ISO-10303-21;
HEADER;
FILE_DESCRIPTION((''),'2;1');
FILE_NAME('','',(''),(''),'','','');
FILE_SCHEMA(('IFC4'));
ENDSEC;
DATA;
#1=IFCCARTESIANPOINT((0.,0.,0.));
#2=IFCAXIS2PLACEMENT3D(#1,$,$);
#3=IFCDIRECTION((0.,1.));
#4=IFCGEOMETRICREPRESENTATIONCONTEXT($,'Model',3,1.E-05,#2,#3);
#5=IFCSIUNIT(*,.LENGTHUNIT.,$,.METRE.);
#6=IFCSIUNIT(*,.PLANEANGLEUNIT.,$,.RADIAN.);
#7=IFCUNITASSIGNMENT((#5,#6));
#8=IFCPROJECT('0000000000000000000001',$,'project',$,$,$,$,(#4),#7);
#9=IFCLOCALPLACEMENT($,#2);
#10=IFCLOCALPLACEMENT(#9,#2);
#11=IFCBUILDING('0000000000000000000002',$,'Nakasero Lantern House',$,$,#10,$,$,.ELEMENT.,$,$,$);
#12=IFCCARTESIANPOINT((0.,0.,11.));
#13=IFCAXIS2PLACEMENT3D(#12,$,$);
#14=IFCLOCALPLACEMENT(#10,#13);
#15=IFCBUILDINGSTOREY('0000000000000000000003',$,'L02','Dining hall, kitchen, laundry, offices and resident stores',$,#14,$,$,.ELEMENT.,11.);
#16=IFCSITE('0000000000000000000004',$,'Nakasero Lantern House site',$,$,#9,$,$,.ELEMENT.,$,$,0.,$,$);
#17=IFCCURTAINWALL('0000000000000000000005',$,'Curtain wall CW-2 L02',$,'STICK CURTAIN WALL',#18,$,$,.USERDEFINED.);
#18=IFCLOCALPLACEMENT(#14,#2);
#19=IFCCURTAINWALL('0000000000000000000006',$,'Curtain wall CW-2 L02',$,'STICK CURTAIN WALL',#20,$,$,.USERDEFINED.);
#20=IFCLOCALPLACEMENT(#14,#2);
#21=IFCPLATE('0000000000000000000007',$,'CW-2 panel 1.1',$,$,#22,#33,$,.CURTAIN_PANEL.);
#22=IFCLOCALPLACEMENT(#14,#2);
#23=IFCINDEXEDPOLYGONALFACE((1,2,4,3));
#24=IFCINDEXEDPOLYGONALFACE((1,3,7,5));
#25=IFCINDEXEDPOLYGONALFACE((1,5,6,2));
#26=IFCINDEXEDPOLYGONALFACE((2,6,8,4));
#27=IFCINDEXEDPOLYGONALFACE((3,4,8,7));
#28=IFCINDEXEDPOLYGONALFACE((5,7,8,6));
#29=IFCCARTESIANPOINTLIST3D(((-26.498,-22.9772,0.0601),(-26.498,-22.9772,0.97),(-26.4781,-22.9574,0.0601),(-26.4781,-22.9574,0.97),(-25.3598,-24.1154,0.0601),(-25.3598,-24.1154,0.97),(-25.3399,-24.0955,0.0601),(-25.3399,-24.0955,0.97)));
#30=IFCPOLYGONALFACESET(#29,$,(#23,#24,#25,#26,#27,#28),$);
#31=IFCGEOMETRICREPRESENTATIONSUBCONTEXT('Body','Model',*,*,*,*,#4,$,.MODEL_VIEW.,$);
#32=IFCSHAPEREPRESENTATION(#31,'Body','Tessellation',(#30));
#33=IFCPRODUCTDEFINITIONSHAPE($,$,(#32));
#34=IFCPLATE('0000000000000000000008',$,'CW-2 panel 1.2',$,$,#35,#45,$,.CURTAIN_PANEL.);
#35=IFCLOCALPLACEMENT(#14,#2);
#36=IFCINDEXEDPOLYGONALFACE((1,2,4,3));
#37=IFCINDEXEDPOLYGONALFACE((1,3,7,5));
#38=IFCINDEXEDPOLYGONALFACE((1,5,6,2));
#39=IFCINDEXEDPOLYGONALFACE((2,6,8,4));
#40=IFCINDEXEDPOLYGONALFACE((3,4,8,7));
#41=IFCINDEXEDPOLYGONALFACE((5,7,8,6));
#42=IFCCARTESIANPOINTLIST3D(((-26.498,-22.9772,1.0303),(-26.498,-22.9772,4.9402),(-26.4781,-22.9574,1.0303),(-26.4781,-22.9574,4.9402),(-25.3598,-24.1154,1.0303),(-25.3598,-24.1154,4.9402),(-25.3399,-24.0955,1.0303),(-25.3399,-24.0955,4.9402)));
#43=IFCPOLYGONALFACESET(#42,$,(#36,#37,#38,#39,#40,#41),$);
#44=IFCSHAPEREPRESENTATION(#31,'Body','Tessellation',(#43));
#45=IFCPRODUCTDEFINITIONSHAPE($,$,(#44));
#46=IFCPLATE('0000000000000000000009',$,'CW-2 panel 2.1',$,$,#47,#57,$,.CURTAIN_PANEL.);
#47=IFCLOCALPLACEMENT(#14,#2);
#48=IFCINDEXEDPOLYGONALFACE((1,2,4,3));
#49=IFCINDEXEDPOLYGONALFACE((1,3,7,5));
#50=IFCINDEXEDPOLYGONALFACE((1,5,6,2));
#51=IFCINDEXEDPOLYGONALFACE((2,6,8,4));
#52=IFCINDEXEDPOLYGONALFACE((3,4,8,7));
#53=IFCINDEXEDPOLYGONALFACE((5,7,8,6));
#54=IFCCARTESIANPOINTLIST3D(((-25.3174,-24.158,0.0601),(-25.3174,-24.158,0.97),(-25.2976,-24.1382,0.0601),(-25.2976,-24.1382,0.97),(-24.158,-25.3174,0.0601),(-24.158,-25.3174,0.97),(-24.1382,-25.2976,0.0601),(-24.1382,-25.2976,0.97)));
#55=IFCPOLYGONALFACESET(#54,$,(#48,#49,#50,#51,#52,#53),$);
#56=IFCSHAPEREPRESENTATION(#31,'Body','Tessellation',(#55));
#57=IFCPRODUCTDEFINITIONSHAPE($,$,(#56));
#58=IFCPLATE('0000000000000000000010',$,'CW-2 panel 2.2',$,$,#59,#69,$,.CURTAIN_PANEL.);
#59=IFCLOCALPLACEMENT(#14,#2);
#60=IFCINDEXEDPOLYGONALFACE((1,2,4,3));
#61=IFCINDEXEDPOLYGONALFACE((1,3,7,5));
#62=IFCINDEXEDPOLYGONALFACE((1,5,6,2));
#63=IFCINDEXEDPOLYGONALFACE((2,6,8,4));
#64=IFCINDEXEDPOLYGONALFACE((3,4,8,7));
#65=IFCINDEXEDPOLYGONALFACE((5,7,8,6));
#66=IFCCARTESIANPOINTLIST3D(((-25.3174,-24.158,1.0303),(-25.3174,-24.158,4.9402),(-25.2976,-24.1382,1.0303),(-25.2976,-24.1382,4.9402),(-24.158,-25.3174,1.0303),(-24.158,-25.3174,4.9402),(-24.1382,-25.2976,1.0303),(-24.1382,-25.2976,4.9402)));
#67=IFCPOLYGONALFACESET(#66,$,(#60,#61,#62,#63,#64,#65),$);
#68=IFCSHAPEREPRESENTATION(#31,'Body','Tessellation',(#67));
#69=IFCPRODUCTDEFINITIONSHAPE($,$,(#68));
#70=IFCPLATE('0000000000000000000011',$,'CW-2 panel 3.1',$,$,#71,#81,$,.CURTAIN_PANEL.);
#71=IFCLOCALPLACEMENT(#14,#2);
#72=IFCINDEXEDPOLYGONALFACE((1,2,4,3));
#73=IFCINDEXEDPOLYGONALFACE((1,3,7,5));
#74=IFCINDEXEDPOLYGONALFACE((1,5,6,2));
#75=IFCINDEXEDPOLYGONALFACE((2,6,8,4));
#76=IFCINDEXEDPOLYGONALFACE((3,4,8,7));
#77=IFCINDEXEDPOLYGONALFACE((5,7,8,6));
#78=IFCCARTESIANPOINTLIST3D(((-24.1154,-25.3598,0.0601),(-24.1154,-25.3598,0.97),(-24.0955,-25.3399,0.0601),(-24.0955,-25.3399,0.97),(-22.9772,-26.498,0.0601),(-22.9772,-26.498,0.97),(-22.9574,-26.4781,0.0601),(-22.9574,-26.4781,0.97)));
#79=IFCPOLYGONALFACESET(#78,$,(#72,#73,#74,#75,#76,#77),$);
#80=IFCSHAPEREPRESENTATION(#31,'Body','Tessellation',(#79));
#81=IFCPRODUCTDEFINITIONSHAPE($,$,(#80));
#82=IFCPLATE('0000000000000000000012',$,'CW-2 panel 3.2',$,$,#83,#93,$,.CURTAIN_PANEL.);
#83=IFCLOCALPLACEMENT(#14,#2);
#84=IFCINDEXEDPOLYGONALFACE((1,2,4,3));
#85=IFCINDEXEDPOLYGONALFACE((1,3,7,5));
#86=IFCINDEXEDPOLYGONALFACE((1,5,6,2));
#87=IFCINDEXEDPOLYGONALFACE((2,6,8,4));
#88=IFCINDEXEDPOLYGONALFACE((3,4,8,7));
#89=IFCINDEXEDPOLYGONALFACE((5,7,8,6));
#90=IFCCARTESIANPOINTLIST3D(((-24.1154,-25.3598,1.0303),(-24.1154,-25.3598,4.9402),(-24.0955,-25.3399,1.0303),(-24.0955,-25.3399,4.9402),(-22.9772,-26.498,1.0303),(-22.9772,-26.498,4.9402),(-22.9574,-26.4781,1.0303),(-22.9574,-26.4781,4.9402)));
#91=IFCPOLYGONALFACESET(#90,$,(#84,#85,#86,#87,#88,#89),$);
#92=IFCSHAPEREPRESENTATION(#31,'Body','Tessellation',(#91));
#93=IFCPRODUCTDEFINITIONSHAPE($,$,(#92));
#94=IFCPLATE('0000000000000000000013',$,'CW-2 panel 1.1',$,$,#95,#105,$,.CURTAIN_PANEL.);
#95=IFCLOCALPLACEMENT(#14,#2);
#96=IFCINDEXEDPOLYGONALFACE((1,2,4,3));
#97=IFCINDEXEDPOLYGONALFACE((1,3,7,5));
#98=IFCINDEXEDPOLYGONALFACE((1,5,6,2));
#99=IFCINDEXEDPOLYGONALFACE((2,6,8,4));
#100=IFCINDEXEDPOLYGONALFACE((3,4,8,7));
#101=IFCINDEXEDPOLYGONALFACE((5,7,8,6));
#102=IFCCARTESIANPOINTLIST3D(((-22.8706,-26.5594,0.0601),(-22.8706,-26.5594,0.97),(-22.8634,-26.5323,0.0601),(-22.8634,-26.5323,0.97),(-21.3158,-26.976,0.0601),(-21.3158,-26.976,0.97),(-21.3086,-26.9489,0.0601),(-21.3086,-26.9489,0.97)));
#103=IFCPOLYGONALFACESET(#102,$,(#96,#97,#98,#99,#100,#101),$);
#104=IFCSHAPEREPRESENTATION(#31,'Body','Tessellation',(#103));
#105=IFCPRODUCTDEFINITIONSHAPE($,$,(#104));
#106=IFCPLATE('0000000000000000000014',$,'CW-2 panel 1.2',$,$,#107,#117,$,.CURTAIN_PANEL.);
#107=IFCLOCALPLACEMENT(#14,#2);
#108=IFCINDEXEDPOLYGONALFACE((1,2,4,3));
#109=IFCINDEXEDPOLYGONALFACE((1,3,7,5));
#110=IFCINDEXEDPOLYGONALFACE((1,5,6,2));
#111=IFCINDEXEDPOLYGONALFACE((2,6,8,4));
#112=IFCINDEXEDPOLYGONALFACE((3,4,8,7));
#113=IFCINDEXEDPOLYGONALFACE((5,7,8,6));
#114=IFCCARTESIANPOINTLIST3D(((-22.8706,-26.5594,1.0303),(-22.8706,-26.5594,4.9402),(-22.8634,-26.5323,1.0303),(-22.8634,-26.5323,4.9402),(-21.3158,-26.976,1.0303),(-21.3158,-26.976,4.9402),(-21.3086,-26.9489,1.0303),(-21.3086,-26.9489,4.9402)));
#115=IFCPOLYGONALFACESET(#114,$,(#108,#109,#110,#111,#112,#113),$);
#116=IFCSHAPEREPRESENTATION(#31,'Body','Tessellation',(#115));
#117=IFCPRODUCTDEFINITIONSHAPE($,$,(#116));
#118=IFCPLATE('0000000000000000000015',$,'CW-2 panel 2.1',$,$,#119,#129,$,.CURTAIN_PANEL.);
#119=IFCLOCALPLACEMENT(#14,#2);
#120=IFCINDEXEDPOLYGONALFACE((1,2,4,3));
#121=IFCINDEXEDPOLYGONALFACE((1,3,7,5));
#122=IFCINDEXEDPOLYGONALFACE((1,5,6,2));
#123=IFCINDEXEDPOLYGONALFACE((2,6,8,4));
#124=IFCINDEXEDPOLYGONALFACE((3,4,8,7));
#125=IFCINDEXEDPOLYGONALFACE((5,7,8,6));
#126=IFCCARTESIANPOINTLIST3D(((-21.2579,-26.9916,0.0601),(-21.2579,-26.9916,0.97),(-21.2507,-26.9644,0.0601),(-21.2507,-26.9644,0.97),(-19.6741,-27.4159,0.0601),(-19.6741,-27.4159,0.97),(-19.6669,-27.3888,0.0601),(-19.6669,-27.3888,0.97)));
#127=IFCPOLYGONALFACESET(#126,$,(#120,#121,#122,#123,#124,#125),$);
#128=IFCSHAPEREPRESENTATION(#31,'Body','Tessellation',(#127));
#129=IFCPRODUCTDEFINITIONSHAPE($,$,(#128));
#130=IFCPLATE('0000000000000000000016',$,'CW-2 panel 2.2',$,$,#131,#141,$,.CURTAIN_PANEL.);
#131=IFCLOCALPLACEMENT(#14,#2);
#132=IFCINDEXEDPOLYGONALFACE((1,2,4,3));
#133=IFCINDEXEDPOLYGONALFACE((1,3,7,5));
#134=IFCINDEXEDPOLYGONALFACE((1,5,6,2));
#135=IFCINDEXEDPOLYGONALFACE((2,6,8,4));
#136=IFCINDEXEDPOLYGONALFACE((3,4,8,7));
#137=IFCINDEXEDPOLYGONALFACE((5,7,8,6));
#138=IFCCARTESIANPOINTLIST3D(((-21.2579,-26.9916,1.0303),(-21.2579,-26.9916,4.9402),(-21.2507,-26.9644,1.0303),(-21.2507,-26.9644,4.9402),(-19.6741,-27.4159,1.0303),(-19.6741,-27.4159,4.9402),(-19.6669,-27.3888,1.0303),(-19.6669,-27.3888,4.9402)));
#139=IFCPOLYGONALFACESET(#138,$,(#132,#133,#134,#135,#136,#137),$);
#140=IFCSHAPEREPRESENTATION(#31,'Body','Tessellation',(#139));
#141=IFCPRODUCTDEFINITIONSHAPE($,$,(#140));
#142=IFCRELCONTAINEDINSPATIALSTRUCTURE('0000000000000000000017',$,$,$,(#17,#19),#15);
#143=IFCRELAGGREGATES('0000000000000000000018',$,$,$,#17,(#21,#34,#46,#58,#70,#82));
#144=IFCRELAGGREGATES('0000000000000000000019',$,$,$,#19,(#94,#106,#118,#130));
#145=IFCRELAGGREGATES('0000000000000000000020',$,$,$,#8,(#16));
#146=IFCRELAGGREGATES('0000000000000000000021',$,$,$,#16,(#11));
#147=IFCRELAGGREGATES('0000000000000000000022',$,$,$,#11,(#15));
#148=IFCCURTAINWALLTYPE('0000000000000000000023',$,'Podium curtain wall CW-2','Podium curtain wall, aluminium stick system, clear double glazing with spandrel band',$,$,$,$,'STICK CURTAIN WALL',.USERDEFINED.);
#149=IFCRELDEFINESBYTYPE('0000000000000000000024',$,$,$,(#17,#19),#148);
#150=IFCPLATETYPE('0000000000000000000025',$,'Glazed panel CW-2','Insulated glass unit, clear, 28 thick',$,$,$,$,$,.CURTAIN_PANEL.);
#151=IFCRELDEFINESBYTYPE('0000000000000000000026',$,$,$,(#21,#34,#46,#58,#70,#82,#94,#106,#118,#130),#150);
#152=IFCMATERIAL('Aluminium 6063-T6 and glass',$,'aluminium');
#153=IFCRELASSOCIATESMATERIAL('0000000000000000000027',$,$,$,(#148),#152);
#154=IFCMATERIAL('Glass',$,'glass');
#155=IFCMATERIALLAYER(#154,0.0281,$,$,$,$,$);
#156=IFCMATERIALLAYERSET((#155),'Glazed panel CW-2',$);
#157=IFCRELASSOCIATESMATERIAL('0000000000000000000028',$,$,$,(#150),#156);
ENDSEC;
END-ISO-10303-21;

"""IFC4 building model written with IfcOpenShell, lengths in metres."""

from ifc_helpers import new_model, si_unit, direction, frame, origin, origin_2d, place, context, subcontext, project, spatial, rectangle, extrude, material, layer, layer_set, type_object, element, aggregate, save


model = new_model("IFC4")

# Units and contexts
model_context = context("Model", 3, precision=1e-05, world=origin(), true_north=direction((0.0, 1.0)))
body_context = subcontext(model_context, "Body", "Model", "MODEL_VIEW")
ifc_project = project(units=[si_unit("LENGTHUNIT", "METRE"), si_unit("PLANEANGLEUNIT", "RADIAN")], contexts=[model_context])

# Site, building, storey
site_placement = place(None, origin())
site = spatial("IfcSite", under=ifc_project, at=site_placement, Name="Nakasero Lantern House site", CompositionType="ELEMENT", RefElevation=0.0)
building_placement = place(site_placement, origin())
building = spatial("IfcBuilding", under=site, at=building_placement, Name="Nakasero Lantern House", CompositionType="ELEMENT")
storey_placement = place(building_placement, frame((0.0, 0.0, 11.0)))
storey = spatial("IfcBuildingStorey", under=building, at=storey_placement, Name="L02", Description="Dining hall, kitchen, laundry, offices and resident stores", CompositionType="ELEMENT", Elevation=11.0)

# Curtain walls
ifc_material_1 = material(Name="Aluminium 6063-T6 and glass", Category="aluminium")
curtain_wall_type = type_object("IfcCurtainWallType", Name="Podium curtain wall CW-2", Description="Podium curtain wall, aluminium stick system, clear double glazing with spandrel band", ElementType="STICK CURTAIN WALL", PredefinedType="USERDEFINED", material=ifc_material_1)
curtain_wall_1_placement = place(storey_placement, origin())
curtain_wall_1 = element("IfcCurtainWall", 1, at=curtain_wall_1_placement, inside=storey, type_object=curtain_wall_type, Name="Curtain wall CW-2 L02", ObjectType="STICK CURTAIN WALL", PredefinedType="USERDEFINED")
curtain_wall_2_placement = place(storey_placement, origin())
curtain_wall_2 = element("IfcCurtainWall", 2, at=curtain_wall_2_placement, inside=storey, type_object=curtain_wall_type, Name="Curtain wall CW-2 L02", ObjectType="STICK CURTAIN WALL", PredefinedType="USERDEFINED")

# Plates
ifc_material_2 = material(Name="Glass", Category="glass")
ifc_layer = layer(ifc_material_2, 0.0281)
ifc_layer_set = layer_set([ifc_layer], Name="Glazed panel CW-2")
plate_type = type_object("IfcPlateType", Name="Glazed panel CW-2", Description="Insulated glass unit, clear, 28 thick", PredefinedType="CURTAIN_PANEL", material=ifc_layer_set)
plate_1_placement = place(storey_placement, frame((-25.9189, -23.5364, 0.0601), z_axis=(0.0, 0.0, 1.0), x_axis=(0.707107, -0.707107, 0.0)))
plate_1 = element("IfcPlate", 3, at=plate_1_placement, type_object=plate_type, Name="CW-2 panel 1.1", PredefinedType="CURTAIN_PANEL", context=body_context, shape_type="SweptSolid", body=[
    extrude(rectangle(XDim=1.6096, YDim=0.0281, at=origin_2d()), origin(), (0.0, 0.0, 1.0), 0.9099),
])
plate_2_placement = place(storey_placement, frame((-25.9189, -23.5364, 1.0303), z_axis=(0.0, 0.0, 1.0), x_axis=(0.707107, -0.707107, 0.0)))
plate_2 = element("IfcPlate", 4, at=plate_2_placement, type_object=plate_type, Name="CW-2 panel 1.2", PredefinedType="CURTAIN_PANEL", context=body_context, shape_type="SweptSolid", body=[
    extrude(rectangle(XDim=1.6096, YDim=0.0281, at=origin_2d()), origin(), (0.0, 0.0, 1.0), 3.9099),
])
plate_3_placement = place(storey_placement, frame((-24.7278, -24.7278, 0.0601), z_axis=(0.0, 0.0, 1.0), x_axis=(0.707107, -0.707107, 0.0)))
plate_3 = element("IfcPlate", 5, at=plate_3_placement, type_object=plate_type, Name="CW-2 panel 2.1", PredefinedType="CURTAIN_PANEL", context=body_context, shape_type="SweptSolid", body=[
    extrude(rectangle(XDim=1.6396, YDim=0.0281, at=origin_2d()), origin(), (0.0, 0.0, 1.0), 0.9099),
])
plate_4_placement = place(storey_placement, frame((-24.7278, -24.7278, 1.0303), z_axis=(0.0, 0.0, 1.0), x_axis=(0.707107, -0.707107, 0.0)))
plate_4 = element("IfcPlate", 6, at=plate_4_placement, type_object=plate_type, Name="CW-2 panel 2.2", PredefinedType="CURTAIN_PANEL", context=body_context, shape_type="SweptSolid", body=[
    extrude(rectangle(XDim=1.6396, YDim=0.0281, at=origin_2d()), origin(), (0.0, 0.0, 1.0), 3.9099),
])
plate_5_placement = place(storey_placement, frame((-23.5364, -25.9189, 0.0601), z_axis=(0.0, 0.0, 1.0), x_axis=(0.707107, -0.707107, 0.0)))
plate_5 = element("IfcPlate", 7, at=plate_5_placement, type_object=plate_type, Name="CW-2 panel 3.1", PredefinedType="CURTAIN_PANEL", context=body_context, shape_type="SweptSolid", body=[
    extrude(rectangle(XDim=1.6096, YDim=0.0281, at=origin_2d()), origin(), (0.0, 0.0, 1.0), 0.9099),
])
plate_6_placement = place(storey_placement, frame((-23.5364, -25.9189, 1.0303), z_axis=(0.0, 0.0, 1.0), x_axis=(0.707107, -0.707107, 0.0)))
plate_6 = element("IfcPlate", 8, at=plate_6_placement, type_object=plate_type, Name="CW-2 panel 3.2", PredefinedType="CURTAIN_PANEL", context=body_context, shape_type="SweptSolid", body=[
    extrude(rectangle(XDim=1.6096, YDim=0.0281, at=origin_2d()), origin(), (0.0, 0.0, 1.0), 3.9099),
])
aggregate(curtain_wall_1, [plate_1, plate_2, plate_3, plate_4, plate_5, plate_6])
plate_7_placement = place(storey_placement, frame((-22.0896, -26.7542, 0.0601), z_axis=(0.0, 0.0, 1.0), x_axis=(0.965926, -0.258819, 0.0)))
plate_7 = element("IfcPlate", 9, at=plate_7_placement, type_object=plate_type, Name="CW-2 panel 1.1", PredefinedType="CURTAIN_PANEL", context=body_context, shape_type="SweptSolid", body=[
    extrude(rectangle(XDim=1.6096, YDim=0.0281, at=origin_2d()), origin(), (0.0, 0.0, 1.0), 0.9099),
])
plate_8_placement = place(storey_placement, frame((-22.0896, -26.7542, 1.0303), z_axis=(0.0, 0.0, 1.0), x_axis=(0.965926, -0.258819, 0.0)))
plate_8 = element("IfcPlate", 10, at=plate_8_placement, type_object=plate_type, Name="CW-2 panel 1.2", PredefinedType="CURTAIN_PANEL", context=body_context, shape_type="SweptSolid", body=[
    extrude(rectangle(XDim=1.6096, YDim=0.0281, at=origin_2d()), origin(), (0.0, 0.0, 1.0), 3.9099),
])
plate_9_placement = place(storey_placement, frame((-20.4624, -27.1902, 0.0601), z_axis=(0.0, 0.0, 1.0), x_axis=(0.965926, -0.258819, 0.0)))
plate_9 = element("IfcPlate", 11, at=plate_9_placement, type_object=plate_type, Name="CW-2 panel 2.1", PredefinedType="CURTAIN_PANEL", context=body_context, shape_type="SweptSolid", body=[
    extrude(rectangle(XDim=1.6396, YDim=0.0281, at=origin_2d()), origin(), (0.0, 0.0, 1.0), 0.9099),
])
plate_10_placement = place(storey_placement, frame((-20.4624, -27.1902, 1.0303), z_axis=(0.0, 0.0, 1.0), x_axis=(0.965926, -0.258819, 0.0)))
plate_10 = element("IfcPlate", 12, at=plate_10_placement, type_object=plate_type, Name="CW-2 panel 2.2", PredefinedType="CURTAIN_PANEL", context=body_context, shape_type="SweptSolid", body=[
    extrude(rectangle(XDim=1.6396, YDim=0.0281, at=origin_2d()), origin(), (0.0, 0.0, 1.0), 3.9099),
])
aggregate(curtain_wall_2, [plate_7, plate_8, plate_9, plate_10])

save(model, "model.ifc")
